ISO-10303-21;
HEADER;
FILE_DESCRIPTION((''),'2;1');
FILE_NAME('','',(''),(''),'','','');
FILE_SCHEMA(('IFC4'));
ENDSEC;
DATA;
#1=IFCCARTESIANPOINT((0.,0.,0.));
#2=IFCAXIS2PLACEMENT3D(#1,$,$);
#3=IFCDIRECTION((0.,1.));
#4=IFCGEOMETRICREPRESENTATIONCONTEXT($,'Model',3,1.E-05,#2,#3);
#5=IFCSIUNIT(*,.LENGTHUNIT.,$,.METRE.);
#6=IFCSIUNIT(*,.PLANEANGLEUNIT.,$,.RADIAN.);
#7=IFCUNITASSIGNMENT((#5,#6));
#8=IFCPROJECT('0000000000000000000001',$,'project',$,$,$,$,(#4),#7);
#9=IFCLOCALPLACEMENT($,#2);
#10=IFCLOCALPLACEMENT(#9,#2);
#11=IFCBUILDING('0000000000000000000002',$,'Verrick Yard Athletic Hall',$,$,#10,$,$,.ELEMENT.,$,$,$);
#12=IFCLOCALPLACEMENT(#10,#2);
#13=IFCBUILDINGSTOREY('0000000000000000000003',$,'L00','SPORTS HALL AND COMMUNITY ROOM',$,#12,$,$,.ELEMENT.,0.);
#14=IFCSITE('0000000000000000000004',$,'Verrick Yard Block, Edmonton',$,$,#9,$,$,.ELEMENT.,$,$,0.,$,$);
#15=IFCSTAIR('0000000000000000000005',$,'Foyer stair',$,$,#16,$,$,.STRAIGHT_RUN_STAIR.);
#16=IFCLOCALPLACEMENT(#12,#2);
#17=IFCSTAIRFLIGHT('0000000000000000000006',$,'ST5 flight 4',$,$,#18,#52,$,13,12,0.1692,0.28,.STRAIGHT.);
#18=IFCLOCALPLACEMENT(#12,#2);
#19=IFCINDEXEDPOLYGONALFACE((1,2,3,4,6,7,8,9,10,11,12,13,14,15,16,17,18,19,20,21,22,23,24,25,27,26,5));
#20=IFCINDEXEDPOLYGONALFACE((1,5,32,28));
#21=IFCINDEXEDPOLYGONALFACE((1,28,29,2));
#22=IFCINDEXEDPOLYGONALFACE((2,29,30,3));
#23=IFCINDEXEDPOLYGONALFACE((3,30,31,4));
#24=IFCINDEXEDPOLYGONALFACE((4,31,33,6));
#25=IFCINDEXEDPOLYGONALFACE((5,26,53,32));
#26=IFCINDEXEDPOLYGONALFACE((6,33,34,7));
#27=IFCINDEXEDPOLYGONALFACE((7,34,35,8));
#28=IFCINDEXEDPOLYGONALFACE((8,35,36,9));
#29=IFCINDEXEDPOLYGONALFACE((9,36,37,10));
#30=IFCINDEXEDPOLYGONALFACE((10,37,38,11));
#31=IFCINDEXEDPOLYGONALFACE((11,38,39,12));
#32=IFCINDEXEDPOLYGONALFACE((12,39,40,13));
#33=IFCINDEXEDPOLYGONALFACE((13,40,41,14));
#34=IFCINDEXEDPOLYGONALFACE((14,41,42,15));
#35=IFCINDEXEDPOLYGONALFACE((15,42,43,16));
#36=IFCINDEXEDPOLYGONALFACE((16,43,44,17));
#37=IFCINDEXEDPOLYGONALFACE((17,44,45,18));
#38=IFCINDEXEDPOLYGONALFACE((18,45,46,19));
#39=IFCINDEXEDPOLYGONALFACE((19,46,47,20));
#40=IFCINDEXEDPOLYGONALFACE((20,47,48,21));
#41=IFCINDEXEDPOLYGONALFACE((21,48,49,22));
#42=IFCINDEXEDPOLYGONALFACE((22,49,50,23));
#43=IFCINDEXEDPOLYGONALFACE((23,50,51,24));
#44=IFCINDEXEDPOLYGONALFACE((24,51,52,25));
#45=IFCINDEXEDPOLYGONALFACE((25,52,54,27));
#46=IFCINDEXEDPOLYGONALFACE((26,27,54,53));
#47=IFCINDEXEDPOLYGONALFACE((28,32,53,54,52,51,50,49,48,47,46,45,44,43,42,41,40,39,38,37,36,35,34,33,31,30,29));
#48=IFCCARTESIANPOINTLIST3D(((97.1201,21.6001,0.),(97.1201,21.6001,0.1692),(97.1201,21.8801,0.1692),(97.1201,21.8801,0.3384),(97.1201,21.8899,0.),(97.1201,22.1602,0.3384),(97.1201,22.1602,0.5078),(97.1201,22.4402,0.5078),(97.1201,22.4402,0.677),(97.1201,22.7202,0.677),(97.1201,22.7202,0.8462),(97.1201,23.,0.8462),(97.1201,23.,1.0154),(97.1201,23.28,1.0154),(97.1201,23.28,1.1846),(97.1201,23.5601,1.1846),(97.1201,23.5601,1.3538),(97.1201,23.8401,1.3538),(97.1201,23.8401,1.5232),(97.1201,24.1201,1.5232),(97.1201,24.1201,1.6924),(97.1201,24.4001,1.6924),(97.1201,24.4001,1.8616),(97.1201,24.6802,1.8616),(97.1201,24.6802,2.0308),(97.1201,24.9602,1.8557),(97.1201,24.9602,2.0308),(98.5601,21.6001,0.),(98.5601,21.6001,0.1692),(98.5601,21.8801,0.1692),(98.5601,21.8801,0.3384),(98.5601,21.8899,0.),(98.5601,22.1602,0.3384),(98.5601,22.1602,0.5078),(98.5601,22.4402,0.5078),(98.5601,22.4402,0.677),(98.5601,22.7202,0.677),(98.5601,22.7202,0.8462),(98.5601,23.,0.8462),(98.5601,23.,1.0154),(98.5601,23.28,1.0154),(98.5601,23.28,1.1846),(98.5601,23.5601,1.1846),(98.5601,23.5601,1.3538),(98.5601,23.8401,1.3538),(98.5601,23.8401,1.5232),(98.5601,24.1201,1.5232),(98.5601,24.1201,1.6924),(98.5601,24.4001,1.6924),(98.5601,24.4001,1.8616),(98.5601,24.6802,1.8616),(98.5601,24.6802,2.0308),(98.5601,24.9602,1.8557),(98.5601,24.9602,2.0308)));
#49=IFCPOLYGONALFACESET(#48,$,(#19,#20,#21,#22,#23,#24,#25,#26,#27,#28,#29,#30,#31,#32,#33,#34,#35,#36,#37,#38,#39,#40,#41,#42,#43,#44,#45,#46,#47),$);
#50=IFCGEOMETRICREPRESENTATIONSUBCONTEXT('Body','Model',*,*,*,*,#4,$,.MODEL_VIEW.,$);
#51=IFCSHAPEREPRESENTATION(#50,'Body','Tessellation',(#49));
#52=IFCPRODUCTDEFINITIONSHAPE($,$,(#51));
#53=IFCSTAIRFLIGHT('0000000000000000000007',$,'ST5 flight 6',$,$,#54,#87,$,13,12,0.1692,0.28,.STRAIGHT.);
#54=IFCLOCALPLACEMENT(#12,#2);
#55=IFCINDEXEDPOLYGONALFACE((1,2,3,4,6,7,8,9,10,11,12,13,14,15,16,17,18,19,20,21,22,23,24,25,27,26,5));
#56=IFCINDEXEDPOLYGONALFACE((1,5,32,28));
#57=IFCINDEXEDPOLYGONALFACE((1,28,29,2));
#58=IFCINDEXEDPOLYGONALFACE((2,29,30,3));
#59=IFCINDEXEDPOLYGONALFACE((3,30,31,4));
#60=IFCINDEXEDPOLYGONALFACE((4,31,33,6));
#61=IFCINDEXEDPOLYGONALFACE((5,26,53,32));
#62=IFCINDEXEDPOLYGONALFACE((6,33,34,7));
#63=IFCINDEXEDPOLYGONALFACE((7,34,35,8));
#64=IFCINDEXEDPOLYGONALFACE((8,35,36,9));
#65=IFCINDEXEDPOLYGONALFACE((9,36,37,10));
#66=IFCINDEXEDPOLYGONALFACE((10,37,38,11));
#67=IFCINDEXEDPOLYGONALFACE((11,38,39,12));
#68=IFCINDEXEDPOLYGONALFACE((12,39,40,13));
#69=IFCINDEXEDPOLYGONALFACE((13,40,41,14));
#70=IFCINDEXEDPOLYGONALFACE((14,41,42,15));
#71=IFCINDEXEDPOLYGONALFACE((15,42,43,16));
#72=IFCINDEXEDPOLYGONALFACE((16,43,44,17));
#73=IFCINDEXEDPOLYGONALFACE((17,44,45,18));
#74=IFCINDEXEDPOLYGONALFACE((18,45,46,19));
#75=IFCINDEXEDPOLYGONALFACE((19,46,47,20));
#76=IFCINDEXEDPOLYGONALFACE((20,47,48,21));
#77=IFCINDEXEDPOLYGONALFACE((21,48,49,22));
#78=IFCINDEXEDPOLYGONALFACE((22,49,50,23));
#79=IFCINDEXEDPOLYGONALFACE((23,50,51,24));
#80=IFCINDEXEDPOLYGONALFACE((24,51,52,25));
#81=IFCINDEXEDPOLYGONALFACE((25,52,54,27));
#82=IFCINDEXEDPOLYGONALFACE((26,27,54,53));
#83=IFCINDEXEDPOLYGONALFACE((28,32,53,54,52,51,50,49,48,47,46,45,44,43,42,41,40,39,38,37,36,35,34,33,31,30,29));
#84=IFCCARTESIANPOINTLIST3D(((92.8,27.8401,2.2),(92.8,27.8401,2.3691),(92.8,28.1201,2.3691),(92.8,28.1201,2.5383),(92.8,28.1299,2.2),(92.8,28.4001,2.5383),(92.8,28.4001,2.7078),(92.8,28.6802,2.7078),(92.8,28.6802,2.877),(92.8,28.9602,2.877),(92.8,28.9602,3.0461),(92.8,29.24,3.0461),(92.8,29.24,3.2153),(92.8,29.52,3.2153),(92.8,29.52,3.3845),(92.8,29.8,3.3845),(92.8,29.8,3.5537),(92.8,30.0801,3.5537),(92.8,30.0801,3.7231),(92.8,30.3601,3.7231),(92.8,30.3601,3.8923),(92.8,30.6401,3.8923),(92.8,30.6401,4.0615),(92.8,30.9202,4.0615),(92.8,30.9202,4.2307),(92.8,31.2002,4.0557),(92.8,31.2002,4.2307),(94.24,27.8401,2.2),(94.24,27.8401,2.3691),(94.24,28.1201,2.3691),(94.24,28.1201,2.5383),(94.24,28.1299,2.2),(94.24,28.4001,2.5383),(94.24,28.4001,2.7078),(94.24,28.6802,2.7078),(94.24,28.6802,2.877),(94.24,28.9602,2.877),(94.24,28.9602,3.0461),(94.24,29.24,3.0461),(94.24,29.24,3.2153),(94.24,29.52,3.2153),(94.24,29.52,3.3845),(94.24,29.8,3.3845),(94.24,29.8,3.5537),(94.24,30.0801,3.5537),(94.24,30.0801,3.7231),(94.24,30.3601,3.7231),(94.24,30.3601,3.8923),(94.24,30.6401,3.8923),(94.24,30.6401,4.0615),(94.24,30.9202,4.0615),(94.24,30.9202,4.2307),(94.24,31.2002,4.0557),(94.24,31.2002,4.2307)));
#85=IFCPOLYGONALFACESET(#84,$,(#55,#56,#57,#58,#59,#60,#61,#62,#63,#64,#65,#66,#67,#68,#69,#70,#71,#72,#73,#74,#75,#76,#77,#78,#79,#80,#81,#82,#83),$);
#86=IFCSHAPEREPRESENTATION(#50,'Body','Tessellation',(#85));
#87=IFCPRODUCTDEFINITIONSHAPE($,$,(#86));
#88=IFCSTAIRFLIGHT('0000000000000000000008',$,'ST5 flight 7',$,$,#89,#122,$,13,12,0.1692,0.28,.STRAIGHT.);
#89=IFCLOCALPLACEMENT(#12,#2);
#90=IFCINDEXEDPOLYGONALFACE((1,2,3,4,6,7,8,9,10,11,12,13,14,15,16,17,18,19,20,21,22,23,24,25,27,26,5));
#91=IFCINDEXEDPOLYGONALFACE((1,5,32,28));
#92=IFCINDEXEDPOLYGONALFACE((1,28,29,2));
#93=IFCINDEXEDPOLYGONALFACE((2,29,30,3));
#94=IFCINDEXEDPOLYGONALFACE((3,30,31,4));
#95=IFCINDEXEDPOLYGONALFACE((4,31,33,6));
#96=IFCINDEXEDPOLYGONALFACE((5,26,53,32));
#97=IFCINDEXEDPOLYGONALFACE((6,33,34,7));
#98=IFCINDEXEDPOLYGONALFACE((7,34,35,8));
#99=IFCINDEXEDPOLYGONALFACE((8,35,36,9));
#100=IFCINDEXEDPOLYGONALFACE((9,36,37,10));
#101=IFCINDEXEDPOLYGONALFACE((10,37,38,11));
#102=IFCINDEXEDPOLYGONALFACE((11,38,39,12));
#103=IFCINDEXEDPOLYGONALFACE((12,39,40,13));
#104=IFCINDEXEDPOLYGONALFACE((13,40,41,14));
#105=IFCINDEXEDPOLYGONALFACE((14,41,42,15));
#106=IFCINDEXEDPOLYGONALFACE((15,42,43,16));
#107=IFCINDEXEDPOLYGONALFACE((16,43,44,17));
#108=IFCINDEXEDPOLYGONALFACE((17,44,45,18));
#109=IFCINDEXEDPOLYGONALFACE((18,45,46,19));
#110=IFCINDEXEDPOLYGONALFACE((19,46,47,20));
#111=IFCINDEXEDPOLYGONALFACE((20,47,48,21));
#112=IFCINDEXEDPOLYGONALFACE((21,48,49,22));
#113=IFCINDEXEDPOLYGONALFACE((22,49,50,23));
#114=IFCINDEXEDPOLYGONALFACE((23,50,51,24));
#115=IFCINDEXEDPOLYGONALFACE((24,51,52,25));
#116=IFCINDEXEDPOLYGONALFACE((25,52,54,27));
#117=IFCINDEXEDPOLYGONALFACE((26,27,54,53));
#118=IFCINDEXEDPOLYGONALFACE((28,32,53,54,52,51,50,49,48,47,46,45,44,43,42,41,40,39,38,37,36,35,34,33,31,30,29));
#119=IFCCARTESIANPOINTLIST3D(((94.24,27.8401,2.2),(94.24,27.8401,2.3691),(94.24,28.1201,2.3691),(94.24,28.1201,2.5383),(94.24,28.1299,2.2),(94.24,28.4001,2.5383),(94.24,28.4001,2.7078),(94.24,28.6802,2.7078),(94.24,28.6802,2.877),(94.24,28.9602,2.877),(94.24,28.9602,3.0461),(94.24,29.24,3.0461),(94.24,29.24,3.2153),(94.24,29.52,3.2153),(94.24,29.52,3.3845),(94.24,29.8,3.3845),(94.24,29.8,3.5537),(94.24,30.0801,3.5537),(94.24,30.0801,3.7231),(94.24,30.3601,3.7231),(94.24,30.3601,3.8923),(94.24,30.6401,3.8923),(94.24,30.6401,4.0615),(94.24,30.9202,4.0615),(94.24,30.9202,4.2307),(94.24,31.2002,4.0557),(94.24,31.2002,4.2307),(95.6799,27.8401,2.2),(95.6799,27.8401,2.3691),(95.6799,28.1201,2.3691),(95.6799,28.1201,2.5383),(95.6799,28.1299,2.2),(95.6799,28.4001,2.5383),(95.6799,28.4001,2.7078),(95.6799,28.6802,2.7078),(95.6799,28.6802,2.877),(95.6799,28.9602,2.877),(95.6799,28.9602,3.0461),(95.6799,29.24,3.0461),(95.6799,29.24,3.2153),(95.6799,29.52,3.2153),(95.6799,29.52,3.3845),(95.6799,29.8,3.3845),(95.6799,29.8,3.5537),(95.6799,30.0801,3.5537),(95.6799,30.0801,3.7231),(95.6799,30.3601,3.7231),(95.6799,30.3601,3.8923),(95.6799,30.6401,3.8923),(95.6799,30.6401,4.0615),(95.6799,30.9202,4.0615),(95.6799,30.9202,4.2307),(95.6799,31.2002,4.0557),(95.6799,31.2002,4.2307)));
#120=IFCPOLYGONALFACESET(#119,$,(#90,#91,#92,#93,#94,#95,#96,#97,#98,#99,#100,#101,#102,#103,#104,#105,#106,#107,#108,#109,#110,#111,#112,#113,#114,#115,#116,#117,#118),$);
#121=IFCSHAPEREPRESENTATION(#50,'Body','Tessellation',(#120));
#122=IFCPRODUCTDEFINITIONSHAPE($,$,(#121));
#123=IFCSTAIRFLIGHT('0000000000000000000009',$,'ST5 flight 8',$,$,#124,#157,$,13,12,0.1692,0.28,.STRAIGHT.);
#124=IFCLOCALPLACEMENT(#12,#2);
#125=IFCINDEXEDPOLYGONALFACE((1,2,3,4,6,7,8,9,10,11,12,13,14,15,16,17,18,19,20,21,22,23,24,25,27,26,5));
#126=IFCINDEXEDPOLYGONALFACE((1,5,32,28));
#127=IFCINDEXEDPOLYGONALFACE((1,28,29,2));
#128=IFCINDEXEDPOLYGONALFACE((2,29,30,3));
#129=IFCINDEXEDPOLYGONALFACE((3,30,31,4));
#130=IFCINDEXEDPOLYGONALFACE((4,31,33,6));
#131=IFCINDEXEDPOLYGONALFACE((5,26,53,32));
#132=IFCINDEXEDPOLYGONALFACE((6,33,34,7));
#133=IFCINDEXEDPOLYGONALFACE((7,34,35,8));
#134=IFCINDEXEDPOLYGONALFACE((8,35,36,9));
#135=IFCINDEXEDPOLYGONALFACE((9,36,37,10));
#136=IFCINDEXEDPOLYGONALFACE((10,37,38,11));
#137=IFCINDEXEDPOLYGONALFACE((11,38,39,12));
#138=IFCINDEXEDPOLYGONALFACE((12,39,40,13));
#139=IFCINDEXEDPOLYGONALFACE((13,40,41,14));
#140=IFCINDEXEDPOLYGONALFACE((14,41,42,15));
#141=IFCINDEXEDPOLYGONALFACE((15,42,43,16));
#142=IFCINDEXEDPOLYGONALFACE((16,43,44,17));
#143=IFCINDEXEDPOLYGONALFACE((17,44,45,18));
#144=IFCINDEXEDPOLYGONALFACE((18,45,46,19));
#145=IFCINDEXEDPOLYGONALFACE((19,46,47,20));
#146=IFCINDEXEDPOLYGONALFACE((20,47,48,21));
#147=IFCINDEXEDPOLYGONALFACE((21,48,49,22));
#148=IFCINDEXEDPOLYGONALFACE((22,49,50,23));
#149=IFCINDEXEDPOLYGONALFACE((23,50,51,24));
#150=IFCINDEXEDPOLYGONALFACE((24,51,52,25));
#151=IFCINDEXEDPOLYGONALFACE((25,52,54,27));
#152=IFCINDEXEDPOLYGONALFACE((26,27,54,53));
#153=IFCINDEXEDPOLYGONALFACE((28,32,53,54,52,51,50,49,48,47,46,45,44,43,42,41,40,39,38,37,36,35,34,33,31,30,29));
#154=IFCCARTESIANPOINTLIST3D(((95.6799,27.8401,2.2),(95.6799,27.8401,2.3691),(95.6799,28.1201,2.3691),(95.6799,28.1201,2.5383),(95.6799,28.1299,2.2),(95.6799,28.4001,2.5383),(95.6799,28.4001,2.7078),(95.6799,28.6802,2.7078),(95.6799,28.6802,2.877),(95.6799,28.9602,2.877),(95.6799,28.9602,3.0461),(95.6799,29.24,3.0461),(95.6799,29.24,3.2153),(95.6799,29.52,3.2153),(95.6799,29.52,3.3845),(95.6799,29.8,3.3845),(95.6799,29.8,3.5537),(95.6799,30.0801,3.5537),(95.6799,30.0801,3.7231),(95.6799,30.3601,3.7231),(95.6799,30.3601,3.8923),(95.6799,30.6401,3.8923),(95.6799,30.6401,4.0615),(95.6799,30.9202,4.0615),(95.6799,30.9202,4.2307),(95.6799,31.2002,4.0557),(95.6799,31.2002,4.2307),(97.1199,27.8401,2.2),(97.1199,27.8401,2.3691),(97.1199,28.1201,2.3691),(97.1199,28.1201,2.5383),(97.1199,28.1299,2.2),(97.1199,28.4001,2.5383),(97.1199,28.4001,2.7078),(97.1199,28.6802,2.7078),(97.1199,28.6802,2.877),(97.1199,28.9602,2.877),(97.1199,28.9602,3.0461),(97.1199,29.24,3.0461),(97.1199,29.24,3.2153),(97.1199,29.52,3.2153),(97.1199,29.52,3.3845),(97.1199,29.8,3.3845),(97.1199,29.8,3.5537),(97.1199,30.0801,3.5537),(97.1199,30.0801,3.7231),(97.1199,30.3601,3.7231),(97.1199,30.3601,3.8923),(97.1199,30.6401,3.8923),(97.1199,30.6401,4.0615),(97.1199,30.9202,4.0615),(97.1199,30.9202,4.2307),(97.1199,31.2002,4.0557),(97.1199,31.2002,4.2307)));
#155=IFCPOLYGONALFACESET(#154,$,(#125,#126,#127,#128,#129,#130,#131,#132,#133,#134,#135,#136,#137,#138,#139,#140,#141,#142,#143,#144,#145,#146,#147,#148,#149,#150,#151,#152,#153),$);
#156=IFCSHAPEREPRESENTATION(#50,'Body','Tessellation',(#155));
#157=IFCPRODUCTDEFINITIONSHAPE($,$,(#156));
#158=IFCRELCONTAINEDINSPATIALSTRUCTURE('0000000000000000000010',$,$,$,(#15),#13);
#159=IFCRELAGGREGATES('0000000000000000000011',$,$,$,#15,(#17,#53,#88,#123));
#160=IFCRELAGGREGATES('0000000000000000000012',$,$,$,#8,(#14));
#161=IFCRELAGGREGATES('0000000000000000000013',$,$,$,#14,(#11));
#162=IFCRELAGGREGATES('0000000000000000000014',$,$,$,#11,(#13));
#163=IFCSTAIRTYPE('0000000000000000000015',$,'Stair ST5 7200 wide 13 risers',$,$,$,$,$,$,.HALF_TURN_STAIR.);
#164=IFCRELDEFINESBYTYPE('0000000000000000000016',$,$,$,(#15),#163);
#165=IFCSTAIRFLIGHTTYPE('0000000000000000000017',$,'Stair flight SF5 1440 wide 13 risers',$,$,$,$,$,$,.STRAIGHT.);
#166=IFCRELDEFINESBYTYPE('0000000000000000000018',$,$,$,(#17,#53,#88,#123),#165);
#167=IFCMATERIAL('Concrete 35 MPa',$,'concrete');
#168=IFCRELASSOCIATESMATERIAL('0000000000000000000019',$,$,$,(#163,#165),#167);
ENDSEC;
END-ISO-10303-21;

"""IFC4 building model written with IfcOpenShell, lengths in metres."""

from ifc_helpers import new_model, si_unit, direction, frame, origin, place, context, subcontext, project, spatial, polyline, outline, extrude, material, type_object, element, aggregate, save


model = new_model("IFC4")

# Units and contexts
model_context = context("Model", 3, precision=1e-05, world=origin(), true_north=direction((0.0, 1.0)))
body_context = subcontext(model_context, "Body", "Model", "MODEL_VIEW")
ifc_project = project(units=[si_unit("LENGTHUNIT", "METRE"), si_unit("PLANEANGLEUNIT", "RADIAN")], contexts=[model_context])

# Site, building, storey
site_placement = place(None, origin())
site = spatial("IfcSite", under=ifc_project, at=site_placement, Name="Verrick Yard Block, Edmonton", CompositionType="ELEMENT", RefElevation=0.0)
building_placement = place(site_placement, origin())
building = spatial("IfcBuilding", under=site, at=building_placement, Name="Verrick Yard Athletic Hall", CompositionType="ELEMENT")
storey_placement = place(building_placement, origin())
storey = spatial("IfcBuildingStorey", under=building, at=storey_placement, Name="L00", Description="SPORTS HALL AND COMMUNITY ROOM", CompositionType="ELEMENT", Elevation=0.0)

# Shared definitions
ifc_material_1 = material(Name="Concrete 35 MPa", Category="concrete")

# Stair, stair flights
stair_type = type_object("IfcStairType", Name="Stair ST5 7200 wide 13 risers", PredefinedType="HALF_TURN_STAIR", material=ifc_material_1)
stair_placement = place(storey_placement, origin())
stair = element("IfcStair", 1, at=stair_placement, inside=storey, type_object=stair_type, Name="Foyer stair", PredefinedType="STRAIGHT_RUN_STAIR")
stair_flight_type = type_object("IfcStairFlightType", Name="Stair flight SF5 1440 wide 13 risers", PredefinedType="STRAIGHT", material=ifc_material_1)
stair_flight_1_placement = place(storey_placement, frame((97.8401, 21.6001, 0.0), z_axis=(0.0, 0.0, 1.0), x_axis=(0.0, 1.0, 0.0)))
stair_flight_1 = element("IfcStairFlight", 2, at=stair_flight_1_placement, type_object=stair_flight_type, Name="ST5 flight 4", NumberOfRisers=13, NumberOfTreads=12, PredefinedType="STRAIGHT", RiserHeight=0.1692, TreadLength=0.28, context=body_context, shape_type="SweptSolid", body=[
    extrude(outline(polyline([(0.0, 0.0), (0.0, 0.1692), (0.28, 0.1692), (0.28, 0.3384), (0.5601, 0.3384), (0.5601, 0.5078), (0.8401, 0.5078), (0.8401, 0.677), (1.1201, 0.677), (1.1201, 0.8462), (1.3999, 0.8462), (1.3999, 1.0154), (1.6799, 1.0154), (1.6799, 1.1846), (1.96, 1.1846), (1.96, 1.3538), (2.24, 1.3538), (2.24, 1.5232), (2.52, 1.5232), (2.52, 1.6924), (2.8, 1.6924), (2.8, 1.8616), (3.0801, 1.8616), (3.0801, 2.0308), (3.3601, 2.0308), (3.3601, 2.2), (3.3601, 1.8557), (0.2898, 0.0), (0.0, 0.0)])), frame((0.0, 0.72, 0.0), z_axis=(0.0, -1.0, 0.0), x_axis=(1.0, 0.0, 0.0)), (0.0, 0.0, 1.0), 1.4399),
])
stair_flight_2_placement = place(storey_placement, frame((93.52, 27.8401, 2.2), z_axis=(0.0, 0.0, 1.0), x_axis=(0.0, 1.0, 0.0)))
stair_flight_2 = element("IfcStairFlight", 3, at=stair_flight_2_placement, type_object=stair_flight_type, Name="ST5 flight 6", NumberOfRisers=13, NumberOfTreads=12, PredefinedType="STRAIGHT", RiserHeight=0.1692, TreadLength=0.28, context=body_context, shape_type="SweptSolid", body=[
    extrude(outline(polyline([(0.0, 0.0), (0.0, 0.1692), (0.28, 0.1692), (0.28, 0.3384), (0.5601, 0.3384), (0.5601, 0.5078), (0.8401, 0.5078), (0.8401, 0.677), (1.1201, 0.677), (1.1201, 0.8462), (1.3999, 0.8462), (1.3999, 1.0154), (1.6799, 1.0154), (1.6799, 1.1846), (1.96, 1.1846), (1.96, 1.3538), (2.24, 1.3538), (2.24, 1.5232), (2.52, 1.5232), (2.52, 1.6924), (2.8, 1.6924), (2.8, 1.8616), (3.0801, 1.8616), (3.0801, 2.0308), (3.3601, 2.0308), (3.3601, 2.2), (3.3601, 1.8557), (0.2898, 0.0), (0.0, 0.0)])), frame((0.0, 0.72, 0.0), z_axis=(0.0, -1.0, 0.0), x_axis=(1.0, 0.0, 0.0)), (0.0, 0.0, 1.0), 1.4399),
])
stair_flight_3_placement = place(storey_placement, frame((94.96, 27.8401, 2.2), z_axis=(0.0, 0.0, 1.0), x_axis=(0.0, 1.0, 0.0)))
stair_flight_3 = element("IfcStairFlight", 4, at=stair_flight_3_placement, type_object=stair_flight_type, Name="ST5 flight 7", NumberOfRisers=13, NumberOfTreads=12, PredefinedType="STRAIGHT", RiserHeight=0.1692, TreadLength=0.28, context=body_context, shape_type="SweptSolid", body=[
    extrude(outline(polyline([(0.0, 0.0), (0.0, 0.1692), (0.28, 0.1692), (0.28, 0.3384), (0.5601, 0.3384), (0.5601, 0.5078), (0.8401, 0.5078), (0.8401, 0.677), (1.1201, 0.677), (1.1201, 0.8462), (1.3999, 0.8462), (1.3999, 1.0154), (1.6799, 1.0154), (1.6799, 1.1846), (1.96, 1.1846), (1.96, 1.3538), (2.24, 1.3538), (2.24, 1.5232), (2.52, 1.5232), (2.52, 1.6924), (2.8, 1.6924), (2.8, 1.8616), (3.0801, 1.8616), (3.0801, 2.0308), (3.3601, 2.0308), (3.3601, 2.2), (3.3601, 1.8557), (0.2898, 0.0), (0.0, 0.0)])), frame((0.0, 0.72, 0.0), z_axis=(0.0, -1.0, 0.0), x_axis=(1.0, 0.0, 0.0)), (0.0, 0.0, 1.0), 1.4399),
])
stair_flight_4_placement = place(storey_placement, frame((96.3999, 27.8401, 2.2), z_axis=(0.0, 0.0, 1.0), x_axis=(0.0, 1.0, 0.0)))
stair_flight_4 = element("IfcStairFlight", 5, at=stair_flight_4_placement, type_object=stair_flight_type, Name="ST5 flight 8", NumberOfRisers=13, NumberOfTreads=12, PredefinedType="STRAIGHT", RiserHeight=0.1692, TreadLength=0.28, context=body_context, shape_type="SweptSolid", body=[
    extrude(outline(polyline([(0.0, 0.0), (0.0, 0.1692), (0.28, 0.1692), (0.28, 0.3384), (0.5601, 0.3384), (0.5601, 0.5078), (0.8401, 0.5078), (0.8401, 0.677), (1.1201, 0.677), (1.1201, 0.8462), (1.3999, 0.8462), (1.3999, 1.0154), (1.6799, 1.0154), (1.6799, 1.1846), (1.96, 1.1846), (1.96, 1.3538), (2.24, 1.3538), (2.24, 1.5232), (2.52, 1.5232), (2.52, 1.6924), (2.8, 1.6924), (2.8, 1.8616), (3.0801, 1.8616), (3.0801, 2.0308), (3.3601, 2.0308), (3.3601, 2.2), (3.3601, 1.8557), (0.2898, 0.0), (0.0, 0.0)])), frame((0.0, 0.72, 0.0), z_axis=(0.0, -1.0, 0.0), x_axis=(1.0, 0.0, 0.0)), (0.0, 0.0, 1.0), 1.4399),
])
aggregate(stair, [stair_flight_1, stair_flight_2, stair_flight_3, stair_flight_4])

save(model, "model.ifc")
